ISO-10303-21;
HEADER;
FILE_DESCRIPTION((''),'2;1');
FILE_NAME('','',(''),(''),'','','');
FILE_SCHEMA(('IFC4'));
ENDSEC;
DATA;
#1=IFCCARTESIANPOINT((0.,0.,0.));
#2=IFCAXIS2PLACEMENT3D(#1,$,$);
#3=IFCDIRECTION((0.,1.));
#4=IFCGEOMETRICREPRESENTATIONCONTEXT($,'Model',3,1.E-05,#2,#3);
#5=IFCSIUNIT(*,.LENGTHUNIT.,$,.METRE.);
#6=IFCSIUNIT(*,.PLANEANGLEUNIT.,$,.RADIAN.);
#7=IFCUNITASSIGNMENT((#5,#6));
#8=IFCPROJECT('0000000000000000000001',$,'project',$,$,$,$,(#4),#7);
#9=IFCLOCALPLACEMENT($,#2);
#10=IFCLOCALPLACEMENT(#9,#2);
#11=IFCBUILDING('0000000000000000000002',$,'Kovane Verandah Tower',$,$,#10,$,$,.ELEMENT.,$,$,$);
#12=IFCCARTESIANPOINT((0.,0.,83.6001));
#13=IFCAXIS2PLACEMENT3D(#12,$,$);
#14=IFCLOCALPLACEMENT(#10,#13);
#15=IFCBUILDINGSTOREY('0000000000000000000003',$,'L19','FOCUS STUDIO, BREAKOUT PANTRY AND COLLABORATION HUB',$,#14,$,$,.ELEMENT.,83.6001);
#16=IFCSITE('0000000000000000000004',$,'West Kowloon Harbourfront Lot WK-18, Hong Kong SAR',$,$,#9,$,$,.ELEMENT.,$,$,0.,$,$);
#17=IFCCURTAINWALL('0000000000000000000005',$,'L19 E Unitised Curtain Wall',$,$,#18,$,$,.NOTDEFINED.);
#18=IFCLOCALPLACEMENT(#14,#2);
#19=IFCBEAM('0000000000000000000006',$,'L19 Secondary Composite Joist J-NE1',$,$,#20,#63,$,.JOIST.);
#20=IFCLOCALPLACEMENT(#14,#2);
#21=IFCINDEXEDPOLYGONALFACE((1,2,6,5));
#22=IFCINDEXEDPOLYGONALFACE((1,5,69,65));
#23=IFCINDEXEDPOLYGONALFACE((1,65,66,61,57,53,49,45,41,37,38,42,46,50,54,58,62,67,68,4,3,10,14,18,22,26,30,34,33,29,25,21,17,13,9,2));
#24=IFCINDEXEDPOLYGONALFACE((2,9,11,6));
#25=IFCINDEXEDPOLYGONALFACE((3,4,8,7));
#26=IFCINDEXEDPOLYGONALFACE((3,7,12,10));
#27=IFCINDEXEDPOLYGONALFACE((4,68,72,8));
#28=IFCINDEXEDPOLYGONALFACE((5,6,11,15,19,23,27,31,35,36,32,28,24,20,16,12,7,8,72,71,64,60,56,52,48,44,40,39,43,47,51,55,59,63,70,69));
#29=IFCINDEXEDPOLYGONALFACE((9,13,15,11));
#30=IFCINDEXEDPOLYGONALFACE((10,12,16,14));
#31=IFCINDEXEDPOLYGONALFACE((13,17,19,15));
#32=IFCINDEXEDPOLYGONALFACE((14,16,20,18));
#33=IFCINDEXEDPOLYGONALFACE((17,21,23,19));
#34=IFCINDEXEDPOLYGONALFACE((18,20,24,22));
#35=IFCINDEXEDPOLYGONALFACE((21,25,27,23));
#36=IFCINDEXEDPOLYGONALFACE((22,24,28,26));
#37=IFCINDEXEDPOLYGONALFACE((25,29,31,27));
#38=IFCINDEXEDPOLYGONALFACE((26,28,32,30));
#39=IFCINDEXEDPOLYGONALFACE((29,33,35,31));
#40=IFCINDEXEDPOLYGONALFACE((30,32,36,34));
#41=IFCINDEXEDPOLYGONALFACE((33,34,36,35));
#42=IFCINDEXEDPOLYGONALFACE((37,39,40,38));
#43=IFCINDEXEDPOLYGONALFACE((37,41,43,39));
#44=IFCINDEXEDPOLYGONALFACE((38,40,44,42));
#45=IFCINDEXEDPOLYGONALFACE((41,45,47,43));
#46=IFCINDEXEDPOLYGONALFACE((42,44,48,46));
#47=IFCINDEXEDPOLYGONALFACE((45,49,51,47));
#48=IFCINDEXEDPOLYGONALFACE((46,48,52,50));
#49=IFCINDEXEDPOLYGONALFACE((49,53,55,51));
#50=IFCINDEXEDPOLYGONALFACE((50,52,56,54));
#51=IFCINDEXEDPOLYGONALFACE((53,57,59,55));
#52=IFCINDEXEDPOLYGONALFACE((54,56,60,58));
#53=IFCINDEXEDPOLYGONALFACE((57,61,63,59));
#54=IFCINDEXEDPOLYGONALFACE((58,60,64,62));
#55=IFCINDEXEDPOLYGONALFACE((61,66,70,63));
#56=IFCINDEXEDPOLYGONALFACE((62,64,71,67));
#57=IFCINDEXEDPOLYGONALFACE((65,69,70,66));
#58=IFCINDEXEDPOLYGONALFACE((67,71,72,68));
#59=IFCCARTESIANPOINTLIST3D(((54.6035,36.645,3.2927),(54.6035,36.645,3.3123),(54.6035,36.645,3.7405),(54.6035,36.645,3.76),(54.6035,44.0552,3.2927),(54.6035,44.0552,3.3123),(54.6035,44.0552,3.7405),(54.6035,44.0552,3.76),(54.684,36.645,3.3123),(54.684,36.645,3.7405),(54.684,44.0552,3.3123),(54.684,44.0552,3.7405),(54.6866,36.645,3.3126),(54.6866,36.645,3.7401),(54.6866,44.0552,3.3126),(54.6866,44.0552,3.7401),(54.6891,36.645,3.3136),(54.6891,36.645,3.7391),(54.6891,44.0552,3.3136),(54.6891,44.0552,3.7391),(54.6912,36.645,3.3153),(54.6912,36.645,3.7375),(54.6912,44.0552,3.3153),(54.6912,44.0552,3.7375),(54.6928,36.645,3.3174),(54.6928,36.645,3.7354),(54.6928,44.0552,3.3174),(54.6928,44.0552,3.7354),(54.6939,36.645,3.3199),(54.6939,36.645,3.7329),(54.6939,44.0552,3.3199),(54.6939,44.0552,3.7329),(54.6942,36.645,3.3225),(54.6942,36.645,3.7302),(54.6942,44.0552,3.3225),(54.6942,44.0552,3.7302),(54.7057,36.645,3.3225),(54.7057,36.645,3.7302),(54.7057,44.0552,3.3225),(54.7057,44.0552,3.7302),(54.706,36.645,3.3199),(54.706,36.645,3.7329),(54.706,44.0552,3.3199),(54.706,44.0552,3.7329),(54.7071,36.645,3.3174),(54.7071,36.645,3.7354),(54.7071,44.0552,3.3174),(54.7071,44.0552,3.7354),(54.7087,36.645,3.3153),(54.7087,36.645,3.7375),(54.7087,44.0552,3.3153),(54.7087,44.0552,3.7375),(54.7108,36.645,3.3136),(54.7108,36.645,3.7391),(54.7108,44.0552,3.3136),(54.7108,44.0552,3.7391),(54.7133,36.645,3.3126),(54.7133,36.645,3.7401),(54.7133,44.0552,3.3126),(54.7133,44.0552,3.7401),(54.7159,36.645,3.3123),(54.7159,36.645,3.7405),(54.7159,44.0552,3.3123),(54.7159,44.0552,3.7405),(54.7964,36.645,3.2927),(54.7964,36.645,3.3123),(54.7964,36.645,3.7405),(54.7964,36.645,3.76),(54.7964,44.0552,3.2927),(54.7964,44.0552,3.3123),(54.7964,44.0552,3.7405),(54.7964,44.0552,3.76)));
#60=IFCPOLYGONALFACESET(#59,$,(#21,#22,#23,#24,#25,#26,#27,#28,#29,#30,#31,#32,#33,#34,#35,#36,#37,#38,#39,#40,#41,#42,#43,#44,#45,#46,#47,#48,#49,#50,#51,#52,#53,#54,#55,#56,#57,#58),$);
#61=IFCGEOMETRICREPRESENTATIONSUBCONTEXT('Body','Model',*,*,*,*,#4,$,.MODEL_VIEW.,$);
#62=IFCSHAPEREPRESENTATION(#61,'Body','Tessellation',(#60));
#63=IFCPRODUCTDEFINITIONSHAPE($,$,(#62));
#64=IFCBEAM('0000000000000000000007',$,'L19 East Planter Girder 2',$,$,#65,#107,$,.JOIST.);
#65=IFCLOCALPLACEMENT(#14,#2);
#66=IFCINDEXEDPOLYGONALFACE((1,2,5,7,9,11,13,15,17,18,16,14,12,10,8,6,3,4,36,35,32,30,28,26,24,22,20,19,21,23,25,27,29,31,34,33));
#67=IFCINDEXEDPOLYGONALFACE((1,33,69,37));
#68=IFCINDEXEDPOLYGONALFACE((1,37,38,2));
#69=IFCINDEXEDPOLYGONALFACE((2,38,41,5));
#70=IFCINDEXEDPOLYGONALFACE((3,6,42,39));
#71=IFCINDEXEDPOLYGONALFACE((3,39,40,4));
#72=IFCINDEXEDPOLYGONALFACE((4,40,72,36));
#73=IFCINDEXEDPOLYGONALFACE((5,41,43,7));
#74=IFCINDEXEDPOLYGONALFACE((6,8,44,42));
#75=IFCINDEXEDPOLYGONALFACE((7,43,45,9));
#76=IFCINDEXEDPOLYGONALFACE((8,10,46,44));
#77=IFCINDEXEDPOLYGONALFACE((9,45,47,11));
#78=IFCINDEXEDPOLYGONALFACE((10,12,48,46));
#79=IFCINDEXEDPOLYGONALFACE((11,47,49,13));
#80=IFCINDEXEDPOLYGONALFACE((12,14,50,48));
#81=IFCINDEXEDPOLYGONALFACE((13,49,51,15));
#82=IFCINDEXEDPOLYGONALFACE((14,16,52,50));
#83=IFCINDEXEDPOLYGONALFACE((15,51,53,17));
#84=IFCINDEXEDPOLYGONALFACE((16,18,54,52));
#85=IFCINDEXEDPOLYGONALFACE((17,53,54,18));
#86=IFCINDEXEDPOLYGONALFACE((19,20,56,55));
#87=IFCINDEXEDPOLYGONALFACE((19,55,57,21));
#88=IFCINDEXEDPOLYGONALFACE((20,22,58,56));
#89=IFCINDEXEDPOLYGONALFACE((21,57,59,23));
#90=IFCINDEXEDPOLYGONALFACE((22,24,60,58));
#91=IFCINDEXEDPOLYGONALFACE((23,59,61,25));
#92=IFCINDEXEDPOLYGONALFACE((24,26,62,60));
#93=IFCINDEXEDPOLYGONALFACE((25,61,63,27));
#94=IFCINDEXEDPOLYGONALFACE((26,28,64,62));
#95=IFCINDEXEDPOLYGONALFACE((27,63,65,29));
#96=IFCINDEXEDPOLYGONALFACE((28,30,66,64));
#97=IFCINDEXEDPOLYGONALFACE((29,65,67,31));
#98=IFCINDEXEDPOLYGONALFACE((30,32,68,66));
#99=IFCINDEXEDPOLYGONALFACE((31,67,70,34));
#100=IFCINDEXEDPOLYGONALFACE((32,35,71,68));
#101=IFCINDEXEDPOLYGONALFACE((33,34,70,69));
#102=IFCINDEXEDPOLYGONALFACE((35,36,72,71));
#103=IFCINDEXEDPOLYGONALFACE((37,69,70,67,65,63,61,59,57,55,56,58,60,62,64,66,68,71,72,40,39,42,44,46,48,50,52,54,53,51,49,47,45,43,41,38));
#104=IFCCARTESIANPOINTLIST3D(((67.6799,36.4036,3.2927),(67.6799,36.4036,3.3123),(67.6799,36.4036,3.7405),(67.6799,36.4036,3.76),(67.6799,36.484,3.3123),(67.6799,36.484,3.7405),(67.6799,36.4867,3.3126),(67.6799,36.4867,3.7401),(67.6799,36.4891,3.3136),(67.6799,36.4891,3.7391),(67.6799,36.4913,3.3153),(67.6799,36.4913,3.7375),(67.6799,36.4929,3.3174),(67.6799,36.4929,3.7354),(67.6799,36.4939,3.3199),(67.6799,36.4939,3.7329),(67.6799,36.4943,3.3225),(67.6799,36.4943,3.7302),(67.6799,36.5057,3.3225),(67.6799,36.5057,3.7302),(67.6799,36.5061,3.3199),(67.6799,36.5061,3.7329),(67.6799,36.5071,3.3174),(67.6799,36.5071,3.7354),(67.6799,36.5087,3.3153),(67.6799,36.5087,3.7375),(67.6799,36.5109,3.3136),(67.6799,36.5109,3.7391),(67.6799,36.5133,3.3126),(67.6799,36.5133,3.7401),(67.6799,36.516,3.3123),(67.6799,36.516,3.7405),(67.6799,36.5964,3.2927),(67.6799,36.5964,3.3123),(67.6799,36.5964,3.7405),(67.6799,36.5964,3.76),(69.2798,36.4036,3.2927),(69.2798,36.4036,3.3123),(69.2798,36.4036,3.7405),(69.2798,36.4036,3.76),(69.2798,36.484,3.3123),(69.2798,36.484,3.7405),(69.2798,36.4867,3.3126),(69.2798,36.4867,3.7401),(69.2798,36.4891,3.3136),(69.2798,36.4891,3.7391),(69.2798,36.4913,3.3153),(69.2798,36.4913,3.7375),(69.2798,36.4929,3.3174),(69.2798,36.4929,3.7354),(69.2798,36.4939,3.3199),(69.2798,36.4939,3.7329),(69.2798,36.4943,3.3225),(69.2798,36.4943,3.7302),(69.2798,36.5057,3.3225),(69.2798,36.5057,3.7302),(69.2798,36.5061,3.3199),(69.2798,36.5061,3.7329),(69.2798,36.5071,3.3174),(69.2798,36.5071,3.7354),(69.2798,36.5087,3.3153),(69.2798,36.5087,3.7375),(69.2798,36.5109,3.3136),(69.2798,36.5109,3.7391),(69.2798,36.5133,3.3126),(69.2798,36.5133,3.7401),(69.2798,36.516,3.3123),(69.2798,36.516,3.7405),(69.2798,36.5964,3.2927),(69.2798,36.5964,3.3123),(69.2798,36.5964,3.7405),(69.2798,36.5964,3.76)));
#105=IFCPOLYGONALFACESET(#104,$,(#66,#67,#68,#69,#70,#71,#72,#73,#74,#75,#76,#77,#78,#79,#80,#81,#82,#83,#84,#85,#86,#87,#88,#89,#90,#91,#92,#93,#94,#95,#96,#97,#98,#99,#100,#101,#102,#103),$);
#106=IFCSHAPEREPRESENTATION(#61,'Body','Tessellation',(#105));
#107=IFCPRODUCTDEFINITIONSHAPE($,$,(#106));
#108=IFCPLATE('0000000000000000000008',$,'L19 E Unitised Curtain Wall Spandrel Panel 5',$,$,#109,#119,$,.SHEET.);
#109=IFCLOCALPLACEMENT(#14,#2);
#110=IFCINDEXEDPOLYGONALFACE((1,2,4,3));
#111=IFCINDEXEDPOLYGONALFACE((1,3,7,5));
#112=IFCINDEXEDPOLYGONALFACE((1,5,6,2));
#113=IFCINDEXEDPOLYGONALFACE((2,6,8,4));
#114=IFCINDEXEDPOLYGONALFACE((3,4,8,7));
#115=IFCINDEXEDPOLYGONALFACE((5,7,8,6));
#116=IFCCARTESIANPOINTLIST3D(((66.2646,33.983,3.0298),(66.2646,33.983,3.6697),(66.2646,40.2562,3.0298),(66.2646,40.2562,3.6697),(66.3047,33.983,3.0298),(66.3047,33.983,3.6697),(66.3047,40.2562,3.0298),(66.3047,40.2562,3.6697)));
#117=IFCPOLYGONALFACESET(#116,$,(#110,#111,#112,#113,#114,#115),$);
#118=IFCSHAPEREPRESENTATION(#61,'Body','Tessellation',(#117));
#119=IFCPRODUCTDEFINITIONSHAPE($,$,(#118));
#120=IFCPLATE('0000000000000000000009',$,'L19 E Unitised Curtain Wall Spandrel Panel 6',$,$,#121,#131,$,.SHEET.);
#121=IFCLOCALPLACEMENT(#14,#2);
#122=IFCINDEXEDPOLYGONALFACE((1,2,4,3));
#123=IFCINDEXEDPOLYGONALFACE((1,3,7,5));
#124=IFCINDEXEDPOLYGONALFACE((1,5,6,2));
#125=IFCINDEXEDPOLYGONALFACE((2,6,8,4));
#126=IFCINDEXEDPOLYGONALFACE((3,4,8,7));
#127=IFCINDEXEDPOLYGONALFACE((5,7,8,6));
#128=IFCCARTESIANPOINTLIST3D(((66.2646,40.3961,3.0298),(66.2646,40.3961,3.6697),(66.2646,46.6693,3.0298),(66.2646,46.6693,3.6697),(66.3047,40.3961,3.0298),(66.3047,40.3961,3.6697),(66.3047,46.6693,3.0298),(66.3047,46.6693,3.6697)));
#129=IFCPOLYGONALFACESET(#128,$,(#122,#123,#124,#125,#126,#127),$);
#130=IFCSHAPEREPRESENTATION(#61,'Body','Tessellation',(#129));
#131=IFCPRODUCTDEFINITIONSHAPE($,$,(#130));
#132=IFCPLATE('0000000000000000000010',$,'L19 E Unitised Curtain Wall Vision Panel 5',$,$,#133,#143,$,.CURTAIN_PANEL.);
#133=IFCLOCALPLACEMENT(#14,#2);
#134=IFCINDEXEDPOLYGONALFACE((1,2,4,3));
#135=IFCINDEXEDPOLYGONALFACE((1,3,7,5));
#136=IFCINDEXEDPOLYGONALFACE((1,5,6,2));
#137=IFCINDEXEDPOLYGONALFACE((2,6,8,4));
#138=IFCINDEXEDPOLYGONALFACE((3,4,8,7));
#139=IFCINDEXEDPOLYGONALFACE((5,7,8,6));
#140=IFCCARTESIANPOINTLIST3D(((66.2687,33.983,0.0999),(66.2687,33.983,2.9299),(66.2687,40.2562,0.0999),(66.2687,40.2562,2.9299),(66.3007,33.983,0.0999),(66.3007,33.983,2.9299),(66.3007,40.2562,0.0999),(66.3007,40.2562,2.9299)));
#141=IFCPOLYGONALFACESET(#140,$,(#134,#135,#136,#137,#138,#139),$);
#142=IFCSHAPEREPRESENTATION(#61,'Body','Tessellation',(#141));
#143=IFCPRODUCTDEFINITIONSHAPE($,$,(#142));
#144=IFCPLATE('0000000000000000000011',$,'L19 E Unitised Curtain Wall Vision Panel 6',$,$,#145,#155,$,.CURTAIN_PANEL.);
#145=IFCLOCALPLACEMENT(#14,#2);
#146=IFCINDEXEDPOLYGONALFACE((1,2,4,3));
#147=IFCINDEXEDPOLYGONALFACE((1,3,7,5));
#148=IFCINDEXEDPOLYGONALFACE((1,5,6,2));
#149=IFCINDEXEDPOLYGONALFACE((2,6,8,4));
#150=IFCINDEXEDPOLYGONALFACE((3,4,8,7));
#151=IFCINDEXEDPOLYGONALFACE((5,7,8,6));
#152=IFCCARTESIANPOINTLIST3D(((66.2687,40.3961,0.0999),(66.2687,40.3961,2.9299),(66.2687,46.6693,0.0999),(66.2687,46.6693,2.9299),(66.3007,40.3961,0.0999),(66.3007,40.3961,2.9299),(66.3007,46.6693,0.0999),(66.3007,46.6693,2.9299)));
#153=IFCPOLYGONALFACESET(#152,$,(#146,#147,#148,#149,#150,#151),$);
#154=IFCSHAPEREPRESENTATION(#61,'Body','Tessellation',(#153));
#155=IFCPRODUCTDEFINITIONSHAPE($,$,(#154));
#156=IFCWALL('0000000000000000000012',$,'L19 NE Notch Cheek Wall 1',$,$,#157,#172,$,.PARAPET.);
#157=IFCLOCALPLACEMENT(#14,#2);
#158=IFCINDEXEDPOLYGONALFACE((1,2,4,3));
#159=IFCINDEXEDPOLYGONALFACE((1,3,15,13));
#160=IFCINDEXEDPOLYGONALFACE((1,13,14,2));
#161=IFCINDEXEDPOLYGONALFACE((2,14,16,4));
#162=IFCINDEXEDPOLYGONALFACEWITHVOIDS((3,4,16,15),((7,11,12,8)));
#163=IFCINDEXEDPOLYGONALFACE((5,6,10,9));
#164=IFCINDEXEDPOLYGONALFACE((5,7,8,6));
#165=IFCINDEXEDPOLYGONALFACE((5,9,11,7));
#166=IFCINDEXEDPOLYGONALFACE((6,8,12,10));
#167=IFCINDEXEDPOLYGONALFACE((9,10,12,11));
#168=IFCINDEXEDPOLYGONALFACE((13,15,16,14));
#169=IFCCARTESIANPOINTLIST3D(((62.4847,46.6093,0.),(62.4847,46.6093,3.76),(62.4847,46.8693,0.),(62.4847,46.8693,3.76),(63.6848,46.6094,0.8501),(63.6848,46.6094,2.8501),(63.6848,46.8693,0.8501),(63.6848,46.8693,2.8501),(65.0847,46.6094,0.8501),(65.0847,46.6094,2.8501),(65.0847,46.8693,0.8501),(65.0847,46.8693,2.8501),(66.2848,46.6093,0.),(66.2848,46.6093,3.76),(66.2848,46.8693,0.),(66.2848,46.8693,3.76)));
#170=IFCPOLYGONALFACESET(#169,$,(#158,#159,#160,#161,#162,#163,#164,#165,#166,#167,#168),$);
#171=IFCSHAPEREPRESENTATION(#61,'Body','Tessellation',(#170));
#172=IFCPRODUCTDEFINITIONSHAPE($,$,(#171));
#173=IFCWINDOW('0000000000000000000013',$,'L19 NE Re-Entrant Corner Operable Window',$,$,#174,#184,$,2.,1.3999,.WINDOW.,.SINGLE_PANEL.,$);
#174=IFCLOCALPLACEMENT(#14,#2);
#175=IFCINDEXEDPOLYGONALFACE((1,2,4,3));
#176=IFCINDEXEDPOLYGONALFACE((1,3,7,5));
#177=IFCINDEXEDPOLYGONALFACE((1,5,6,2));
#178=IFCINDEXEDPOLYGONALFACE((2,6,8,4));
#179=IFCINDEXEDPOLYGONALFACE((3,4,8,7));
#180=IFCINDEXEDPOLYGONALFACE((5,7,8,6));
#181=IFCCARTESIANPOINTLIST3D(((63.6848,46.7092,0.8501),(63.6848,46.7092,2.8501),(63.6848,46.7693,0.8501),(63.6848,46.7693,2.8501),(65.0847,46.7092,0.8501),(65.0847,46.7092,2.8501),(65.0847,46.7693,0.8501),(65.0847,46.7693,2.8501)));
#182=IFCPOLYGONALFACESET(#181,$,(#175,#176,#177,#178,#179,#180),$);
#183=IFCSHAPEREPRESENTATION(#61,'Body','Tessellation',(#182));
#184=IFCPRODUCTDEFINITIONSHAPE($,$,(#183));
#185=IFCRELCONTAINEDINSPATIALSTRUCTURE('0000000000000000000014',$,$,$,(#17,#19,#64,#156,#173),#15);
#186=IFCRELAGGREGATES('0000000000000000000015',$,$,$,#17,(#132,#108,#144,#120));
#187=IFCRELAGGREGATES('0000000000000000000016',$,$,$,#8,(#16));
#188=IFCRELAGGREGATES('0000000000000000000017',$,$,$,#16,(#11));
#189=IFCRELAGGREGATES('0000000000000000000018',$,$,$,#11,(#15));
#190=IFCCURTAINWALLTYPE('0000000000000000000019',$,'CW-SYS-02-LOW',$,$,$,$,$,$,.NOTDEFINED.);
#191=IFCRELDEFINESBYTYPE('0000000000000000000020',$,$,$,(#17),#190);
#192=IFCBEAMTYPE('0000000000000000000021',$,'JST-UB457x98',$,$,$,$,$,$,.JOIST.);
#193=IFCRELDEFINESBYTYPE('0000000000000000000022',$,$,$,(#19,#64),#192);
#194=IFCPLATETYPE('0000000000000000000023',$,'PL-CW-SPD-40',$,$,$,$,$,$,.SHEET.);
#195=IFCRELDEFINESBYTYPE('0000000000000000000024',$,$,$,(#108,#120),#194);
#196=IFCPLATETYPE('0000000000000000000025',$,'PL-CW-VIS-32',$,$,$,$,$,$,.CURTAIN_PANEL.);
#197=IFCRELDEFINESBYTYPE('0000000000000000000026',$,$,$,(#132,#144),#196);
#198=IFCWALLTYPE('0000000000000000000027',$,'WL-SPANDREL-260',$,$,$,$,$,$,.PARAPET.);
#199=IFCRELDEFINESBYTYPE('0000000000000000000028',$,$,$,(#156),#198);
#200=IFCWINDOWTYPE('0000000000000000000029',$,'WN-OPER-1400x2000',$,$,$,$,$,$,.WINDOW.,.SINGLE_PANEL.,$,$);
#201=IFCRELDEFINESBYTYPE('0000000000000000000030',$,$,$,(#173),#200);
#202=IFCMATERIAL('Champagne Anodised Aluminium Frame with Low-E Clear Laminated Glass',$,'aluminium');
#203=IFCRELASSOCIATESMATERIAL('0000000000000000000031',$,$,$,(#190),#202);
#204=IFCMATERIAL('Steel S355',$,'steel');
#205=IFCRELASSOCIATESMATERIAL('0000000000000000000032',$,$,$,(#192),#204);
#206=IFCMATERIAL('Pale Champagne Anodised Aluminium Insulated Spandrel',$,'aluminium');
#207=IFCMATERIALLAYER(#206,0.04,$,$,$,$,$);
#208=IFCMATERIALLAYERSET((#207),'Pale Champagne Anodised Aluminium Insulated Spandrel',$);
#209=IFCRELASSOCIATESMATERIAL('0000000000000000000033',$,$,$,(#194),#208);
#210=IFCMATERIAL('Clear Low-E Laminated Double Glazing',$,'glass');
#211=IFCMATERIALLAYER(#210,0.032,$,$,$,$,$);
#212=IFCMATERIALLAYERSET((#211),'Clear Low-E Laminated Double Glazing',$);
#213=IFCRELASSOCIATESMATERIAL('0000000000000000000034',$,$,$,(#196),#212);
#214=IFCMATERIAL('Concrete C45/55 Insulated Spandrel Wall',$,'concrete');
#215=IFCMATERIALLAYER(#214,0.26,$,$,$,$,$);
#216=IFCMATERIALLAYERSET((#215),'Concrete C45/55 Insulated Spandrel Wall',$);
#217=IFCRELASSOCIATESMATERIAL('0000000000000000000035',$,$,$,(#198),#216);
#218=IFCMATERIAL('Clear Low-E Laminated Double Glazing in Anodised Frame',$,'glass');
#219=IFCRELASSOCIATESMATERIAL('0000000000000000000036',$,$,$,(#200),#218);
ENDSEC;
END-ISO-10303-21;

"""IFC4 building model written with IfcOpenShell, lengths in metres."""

from ifc_helpers import new_model, si_unit, direction, frame, frame_2d, origin, origin_2d, place, context, subcontext, project, spatial, rectangle, i_section, extrude, material, layer, layer_set, material_profile, profile_set, type_object, element, fill, aggregate, save


model = new_model("IFC4")

# Units and contexts
model_context = context("Model", 3, precision=1e-05, world=origin(), true_north=direction((0.0, 1.0)))
body_context = subcontext(model_context, "Body", "Model", "MODEL_VIEW")
ifc_project = project(units=[si_unit("LENGTHUNIT", "METRE"), si_unit("PLANEANGLEUNIT", "RADIAN")], contexts=[model_context])

# Site, building, storey
site_placement = place(None, origin())
site = spatial("IfcSite", under=ifc_project, at=site_placement, Name="West Kowloon Harbourfront Lot WK-18, Hong Kong SAR", CompositionType="ELEMENT", RefElevation=0.0)
building_placement = place(site_placement, origin())
building = spatial("IfcBuilding", under=site, at=building_placement, Name="Kovane Verandah Tower", CompositionType="ELEMENT")
storey_placement = place(building_placement, frame((0.0, 0.0, 83.6001)))
storey = spatial("IfcBuildingStorey", under=building, at=storey_placement, Name="L19", Description="FOCUS STUDIO, BREAKOUT PANTRY AND COLLABORATION HUB", CompositionType="ELEMENT", Elevation=83.6001)

# Shared definitions
ifc_material_1 = material(Name="Steel S355", Category="steel")

# Curtain wall
ifc_material_2 = material(Name="Champagne Anodised Aluminium Frame with Low-E Clear Laminated Glass", Category="aluminium")
curtain_wall_type = type_object("IfcCurtainWallType", Name="CW-SYS-02-LOW", PredefinedType="NOTDEFINED", material=ifc_material_2)
curtain_wall_placement = place(storey_placement, origin())
curtain_wall = element("IfcCurtainWall", 1, at=curtain_wall_placement, inside=storey, type_object=curtain_wall_type, Name="L19 E Unitised Curtain Wall", PredefinedType="NOTDEFINED")

# Beams
ifc_material_profile_1 = material_profile(ifc_material_1, i_section(OverallWidth=0.1929, OverallDepth=0.4673, WebThickness=0.0115, FlangeThickness=0.0195, FilletRadius=0.0103, at=origin_2d()), Name="UB457x191x98")
ifc_profile_set_1 = profile_set([ifc_material_profile_1], Name="Steel S355")
beam_type_1 = type_object("IfcBeamType", Name="JST-UB457x98", PredefinedType="JOIST", material=ifc_profile_set_1)
beam_1_placement = place(storey_placement, frame((54.7, 36.645, 3.5264), z_axis=(0.0, 1.0, 0.0), x_axis=(-1.0, 0.0, 0.0)))
element("IfcBeam", 2, at=beam_1_placement, inside=storey, type_object=beam_type_1, Name="L19 Secondary Composite Joist J-NE1", PredefinedType="JOIST", context=body_context, shape_type="SweptSolid", body=[
    extrude(i_section(OverallWidth=0.1929, OverallDepth=0.4673, WebThickness=0.0115, FlangeThickness=0.0195, FilletRadius=0.0103, at=origin_2d()), origin(), (0.0, 0.0, 1.0), 7.4102),
])
beam_2_placement = place(storey_placement, frame((67.6799, 36.5, 3.5264), z_axis=(1.0, 0.0, 0.0), x_axis=(0.0, 1.0, 0.0)))
element("IfcBeam", 3, at=beam_2_placement, inside=storey, type_object=beam_type_1, Name="L19 East Planter Girder 2", PredefinedType="JOIST", context=body_context, shape_type="SweptSolid", body=[
    extrude(i_section(OverallWidth=0.1929, OverallDepth=0.4673, WebThickness=0.0115, FlangeThickness=0.0195, FilletRadius=0.0103, at=origin_2d()), origin(), (0.0, 0.0, 1.0), 1.5999),
])

# Plates
ifc_material_3 = material(Name="Pale Champagne Anodised Aluminium Insulated Spandrel", Category="aluminium")
ifc_layer_1 = layer(ifc_material_3, 0.04)
ifc_layer_set_1 = layer_set([ifc_layer_1], Name="Pale Champagne Anodised Aluminium Insulated Spandrel")
plate_type_1 = type_object("IfcPlateType", Name="PL-CW-SPD-40", PredefinedType="SHEET", material=ifc_layer_set_1)
plate_1_placement = place(storey_placement, frame((66.2847, 37.1196, 3.0298), z_axis=(0.0, 0.0, 1.0), x_axis=(0.0, 1.0, 0.0)))
plate_1 = element("IfcPlate", 4, at=plate_1_placement, type_object=plate_type_1, Name="L19 E Unitised Curtain Wall Spandrel Panel 5", PredefinedType="SHEET", context=body_context, shape_type="SweptSolid", body=[
    extrude(rectangle(XDim=6.2732, YDim=0.04, at=origin_2d()), origin(), (0.0, 0.0, 1.0), 0.6399),
])
plate_2_placement = place(storey_placement, frame((66.2847, 43.5327, 3.0298), z_axis=(0.0, 0.0, 1.0), x_axis=(0.0, 1.0, 0.0)))
plate_2 = element("IfcPlate", 5, at=plate_2_placement, type_object=plate_type_1, Name="L19 E Unitised Curtain Wall Spandrel Panel 6", PredefinedType="SHEET", context=body_context, shape_type="SweptSolid", body=[
    extrude(rectangle(XDim=6.2732, YDim=0.04, at=origin_2d()), origin(), (0.0, 0.0, 1.0), 0.6399),
])
ifc_material_4 = material(Name="Clear Low-E Laminated Double Glazing", Category="glass")
ifc_layer_2 = layer(ifc_material_4, 0.032)
ifc_layer_set_2 = layer_set([ifc_layer_2], Name="Clear Low-E Laminated Double Glazing")
plate_type_2 = type_object("IfcPlateType", Name="PL-CW-VIS-32", PredefinedType="CURTAIN_PANEL", material=ifc_layer_set_2)
plate_3_placement = place(storey_placement, frame((66.2847, 37.1196, 0.0999), z_axis=(0.0, 0.0, 1.0), x_axis=(0.0, 1.0, 0.0)))
plate_3 = element("IfcPlate", 6, at=plate_3_placement, type_object=plate_type_2, Name="L19 E Unitised Curtain Wall Vision Panel 5", PredefinedType="CURTAIN_PANEL", context=body_context, shape_type="SweptSolid", body=[
    extrude(rectangle(XDim=6.2732, YDim=0.032, at=origin_2d()), origin(), (0.0, 0.0, 1.0), 2.8301),
])
plate_4_placement = place(storey_placement, frame((66.2847, 43.5327, 0.0999), z_axis=(0.0, 0.0, 1.0), x_axis=(0.0, 1.0, 0.0)))
plate_4 = element("IfcPlate", 7, at=plate_4_placement, type_object=plate_type_2, Name="L19 E Unitised Curtain Wall Vision Panel 6", PredefinedType="CURTAIN_PANEL", context=body_context, shape_type="SweptSolid", body=[
    extrude(rectangle(XDim=6.2732, YDim=0.032, at=origin_2d()), origin(), (0.0, 0.0, 1.0), 2.8301),
])
aggregate(curtain_wall, [plate_3, plate_1, plate_4, plate_2])

# Shared definitions
ifc_material_5 = material(Name="Concrete C45/55 Insulated Spandrel Wall", Category="concrete")
ifc_layer_3 = layer(ifc_material_5, 0.26)
ifc_layer_set_3 = layer_set([ifc_layer_3], Name="Concrete C45/55 Insulated Spandrel Wall")
wall_type = type_object("IfcWallType", Name="WL-SPANDREL-260", PredefinedType="PARAPET", material=ifc_layer_set_3)
ifc_material_6 = material(Name="Clear Low-E Laminated Double Glazing in Anodised Frame", Category="glass")

# Wall, opening, window
wall_1_placement = place(storey_placement, frame((66.2847, 46.7393, 0.0), z_axis=(0.0, 0.0, 1.0), x_axis=(-1.0, 0.0, 0.0)))
wall_1 = element("IfcWall", 8, at=wall_1_placement, inside=storey, type_object=wall_type, Name="L19 NE Notch Cheek Wall 1", PredefinedType="PARAPET", context=body_context, shape_type="SweptSolid", body=[
    extrude(rectangle(XDim=3.8, YDim=0.26, at=frame_2d((1.8999, 0.0))), origin(), (0.0, 0.0, 1.0), 3.76),
])
opening_1_placement = place(wall_1_placement, frame((1.2, 0.0, 0.8501)))
opening_1 = element("IfcOpeningElement", 9, at=opening_1_placement, cuts=wall_1, PredefinedType="OPENING", context=body_context, shape_type="SweptSolid", body=[
    extrude(rectangle(XDim=1.3999, YDim=2.0, at=frame_2d((0.7, 1.0))), frame((0.0, 0.1299, 0.0), z_axis=(0.0, -1.0, 0.0), x_axis=(1.0, 0.0, 0.0)), (0.0, 0.0, 1.0), 0.26),
])
window_type_1 = type_object("IfcWindowType", Name="WN-OPER-1400x2000", PartitioningType="SINGLE_PANEL", PredefinedType="WINDOW", material=ifc_material_6)
window_1_placement = place(opening_1_placement, origin())
window_1 = element("IfcWindow", 10, at=window_1_placement, inside=storey, type_object=window_type_1, Name="L19 NE Re-Entrant Corner Operable Window", OverallHeight=2.0, OverallWidth=1.3999, PartitioningType="SINGLE_PANEL", PredefinedType="WINDOW", context=body_context, shape_type="SweptSolid", body=[
    extrude(rectangle(XDim=1.3999, YDim=2.0, at=frame_2d((0.7, 1.0))), frame((0.0, 0.03, 0.0), z_axis=(0.0, -1.0, 0.0), x_axis=(1.0, 0.0, 0.0)), (0.0, 0.0, 1.0), 0.0601),
])
fill(opening_1, window_1)

save(model, "model.ifc")
